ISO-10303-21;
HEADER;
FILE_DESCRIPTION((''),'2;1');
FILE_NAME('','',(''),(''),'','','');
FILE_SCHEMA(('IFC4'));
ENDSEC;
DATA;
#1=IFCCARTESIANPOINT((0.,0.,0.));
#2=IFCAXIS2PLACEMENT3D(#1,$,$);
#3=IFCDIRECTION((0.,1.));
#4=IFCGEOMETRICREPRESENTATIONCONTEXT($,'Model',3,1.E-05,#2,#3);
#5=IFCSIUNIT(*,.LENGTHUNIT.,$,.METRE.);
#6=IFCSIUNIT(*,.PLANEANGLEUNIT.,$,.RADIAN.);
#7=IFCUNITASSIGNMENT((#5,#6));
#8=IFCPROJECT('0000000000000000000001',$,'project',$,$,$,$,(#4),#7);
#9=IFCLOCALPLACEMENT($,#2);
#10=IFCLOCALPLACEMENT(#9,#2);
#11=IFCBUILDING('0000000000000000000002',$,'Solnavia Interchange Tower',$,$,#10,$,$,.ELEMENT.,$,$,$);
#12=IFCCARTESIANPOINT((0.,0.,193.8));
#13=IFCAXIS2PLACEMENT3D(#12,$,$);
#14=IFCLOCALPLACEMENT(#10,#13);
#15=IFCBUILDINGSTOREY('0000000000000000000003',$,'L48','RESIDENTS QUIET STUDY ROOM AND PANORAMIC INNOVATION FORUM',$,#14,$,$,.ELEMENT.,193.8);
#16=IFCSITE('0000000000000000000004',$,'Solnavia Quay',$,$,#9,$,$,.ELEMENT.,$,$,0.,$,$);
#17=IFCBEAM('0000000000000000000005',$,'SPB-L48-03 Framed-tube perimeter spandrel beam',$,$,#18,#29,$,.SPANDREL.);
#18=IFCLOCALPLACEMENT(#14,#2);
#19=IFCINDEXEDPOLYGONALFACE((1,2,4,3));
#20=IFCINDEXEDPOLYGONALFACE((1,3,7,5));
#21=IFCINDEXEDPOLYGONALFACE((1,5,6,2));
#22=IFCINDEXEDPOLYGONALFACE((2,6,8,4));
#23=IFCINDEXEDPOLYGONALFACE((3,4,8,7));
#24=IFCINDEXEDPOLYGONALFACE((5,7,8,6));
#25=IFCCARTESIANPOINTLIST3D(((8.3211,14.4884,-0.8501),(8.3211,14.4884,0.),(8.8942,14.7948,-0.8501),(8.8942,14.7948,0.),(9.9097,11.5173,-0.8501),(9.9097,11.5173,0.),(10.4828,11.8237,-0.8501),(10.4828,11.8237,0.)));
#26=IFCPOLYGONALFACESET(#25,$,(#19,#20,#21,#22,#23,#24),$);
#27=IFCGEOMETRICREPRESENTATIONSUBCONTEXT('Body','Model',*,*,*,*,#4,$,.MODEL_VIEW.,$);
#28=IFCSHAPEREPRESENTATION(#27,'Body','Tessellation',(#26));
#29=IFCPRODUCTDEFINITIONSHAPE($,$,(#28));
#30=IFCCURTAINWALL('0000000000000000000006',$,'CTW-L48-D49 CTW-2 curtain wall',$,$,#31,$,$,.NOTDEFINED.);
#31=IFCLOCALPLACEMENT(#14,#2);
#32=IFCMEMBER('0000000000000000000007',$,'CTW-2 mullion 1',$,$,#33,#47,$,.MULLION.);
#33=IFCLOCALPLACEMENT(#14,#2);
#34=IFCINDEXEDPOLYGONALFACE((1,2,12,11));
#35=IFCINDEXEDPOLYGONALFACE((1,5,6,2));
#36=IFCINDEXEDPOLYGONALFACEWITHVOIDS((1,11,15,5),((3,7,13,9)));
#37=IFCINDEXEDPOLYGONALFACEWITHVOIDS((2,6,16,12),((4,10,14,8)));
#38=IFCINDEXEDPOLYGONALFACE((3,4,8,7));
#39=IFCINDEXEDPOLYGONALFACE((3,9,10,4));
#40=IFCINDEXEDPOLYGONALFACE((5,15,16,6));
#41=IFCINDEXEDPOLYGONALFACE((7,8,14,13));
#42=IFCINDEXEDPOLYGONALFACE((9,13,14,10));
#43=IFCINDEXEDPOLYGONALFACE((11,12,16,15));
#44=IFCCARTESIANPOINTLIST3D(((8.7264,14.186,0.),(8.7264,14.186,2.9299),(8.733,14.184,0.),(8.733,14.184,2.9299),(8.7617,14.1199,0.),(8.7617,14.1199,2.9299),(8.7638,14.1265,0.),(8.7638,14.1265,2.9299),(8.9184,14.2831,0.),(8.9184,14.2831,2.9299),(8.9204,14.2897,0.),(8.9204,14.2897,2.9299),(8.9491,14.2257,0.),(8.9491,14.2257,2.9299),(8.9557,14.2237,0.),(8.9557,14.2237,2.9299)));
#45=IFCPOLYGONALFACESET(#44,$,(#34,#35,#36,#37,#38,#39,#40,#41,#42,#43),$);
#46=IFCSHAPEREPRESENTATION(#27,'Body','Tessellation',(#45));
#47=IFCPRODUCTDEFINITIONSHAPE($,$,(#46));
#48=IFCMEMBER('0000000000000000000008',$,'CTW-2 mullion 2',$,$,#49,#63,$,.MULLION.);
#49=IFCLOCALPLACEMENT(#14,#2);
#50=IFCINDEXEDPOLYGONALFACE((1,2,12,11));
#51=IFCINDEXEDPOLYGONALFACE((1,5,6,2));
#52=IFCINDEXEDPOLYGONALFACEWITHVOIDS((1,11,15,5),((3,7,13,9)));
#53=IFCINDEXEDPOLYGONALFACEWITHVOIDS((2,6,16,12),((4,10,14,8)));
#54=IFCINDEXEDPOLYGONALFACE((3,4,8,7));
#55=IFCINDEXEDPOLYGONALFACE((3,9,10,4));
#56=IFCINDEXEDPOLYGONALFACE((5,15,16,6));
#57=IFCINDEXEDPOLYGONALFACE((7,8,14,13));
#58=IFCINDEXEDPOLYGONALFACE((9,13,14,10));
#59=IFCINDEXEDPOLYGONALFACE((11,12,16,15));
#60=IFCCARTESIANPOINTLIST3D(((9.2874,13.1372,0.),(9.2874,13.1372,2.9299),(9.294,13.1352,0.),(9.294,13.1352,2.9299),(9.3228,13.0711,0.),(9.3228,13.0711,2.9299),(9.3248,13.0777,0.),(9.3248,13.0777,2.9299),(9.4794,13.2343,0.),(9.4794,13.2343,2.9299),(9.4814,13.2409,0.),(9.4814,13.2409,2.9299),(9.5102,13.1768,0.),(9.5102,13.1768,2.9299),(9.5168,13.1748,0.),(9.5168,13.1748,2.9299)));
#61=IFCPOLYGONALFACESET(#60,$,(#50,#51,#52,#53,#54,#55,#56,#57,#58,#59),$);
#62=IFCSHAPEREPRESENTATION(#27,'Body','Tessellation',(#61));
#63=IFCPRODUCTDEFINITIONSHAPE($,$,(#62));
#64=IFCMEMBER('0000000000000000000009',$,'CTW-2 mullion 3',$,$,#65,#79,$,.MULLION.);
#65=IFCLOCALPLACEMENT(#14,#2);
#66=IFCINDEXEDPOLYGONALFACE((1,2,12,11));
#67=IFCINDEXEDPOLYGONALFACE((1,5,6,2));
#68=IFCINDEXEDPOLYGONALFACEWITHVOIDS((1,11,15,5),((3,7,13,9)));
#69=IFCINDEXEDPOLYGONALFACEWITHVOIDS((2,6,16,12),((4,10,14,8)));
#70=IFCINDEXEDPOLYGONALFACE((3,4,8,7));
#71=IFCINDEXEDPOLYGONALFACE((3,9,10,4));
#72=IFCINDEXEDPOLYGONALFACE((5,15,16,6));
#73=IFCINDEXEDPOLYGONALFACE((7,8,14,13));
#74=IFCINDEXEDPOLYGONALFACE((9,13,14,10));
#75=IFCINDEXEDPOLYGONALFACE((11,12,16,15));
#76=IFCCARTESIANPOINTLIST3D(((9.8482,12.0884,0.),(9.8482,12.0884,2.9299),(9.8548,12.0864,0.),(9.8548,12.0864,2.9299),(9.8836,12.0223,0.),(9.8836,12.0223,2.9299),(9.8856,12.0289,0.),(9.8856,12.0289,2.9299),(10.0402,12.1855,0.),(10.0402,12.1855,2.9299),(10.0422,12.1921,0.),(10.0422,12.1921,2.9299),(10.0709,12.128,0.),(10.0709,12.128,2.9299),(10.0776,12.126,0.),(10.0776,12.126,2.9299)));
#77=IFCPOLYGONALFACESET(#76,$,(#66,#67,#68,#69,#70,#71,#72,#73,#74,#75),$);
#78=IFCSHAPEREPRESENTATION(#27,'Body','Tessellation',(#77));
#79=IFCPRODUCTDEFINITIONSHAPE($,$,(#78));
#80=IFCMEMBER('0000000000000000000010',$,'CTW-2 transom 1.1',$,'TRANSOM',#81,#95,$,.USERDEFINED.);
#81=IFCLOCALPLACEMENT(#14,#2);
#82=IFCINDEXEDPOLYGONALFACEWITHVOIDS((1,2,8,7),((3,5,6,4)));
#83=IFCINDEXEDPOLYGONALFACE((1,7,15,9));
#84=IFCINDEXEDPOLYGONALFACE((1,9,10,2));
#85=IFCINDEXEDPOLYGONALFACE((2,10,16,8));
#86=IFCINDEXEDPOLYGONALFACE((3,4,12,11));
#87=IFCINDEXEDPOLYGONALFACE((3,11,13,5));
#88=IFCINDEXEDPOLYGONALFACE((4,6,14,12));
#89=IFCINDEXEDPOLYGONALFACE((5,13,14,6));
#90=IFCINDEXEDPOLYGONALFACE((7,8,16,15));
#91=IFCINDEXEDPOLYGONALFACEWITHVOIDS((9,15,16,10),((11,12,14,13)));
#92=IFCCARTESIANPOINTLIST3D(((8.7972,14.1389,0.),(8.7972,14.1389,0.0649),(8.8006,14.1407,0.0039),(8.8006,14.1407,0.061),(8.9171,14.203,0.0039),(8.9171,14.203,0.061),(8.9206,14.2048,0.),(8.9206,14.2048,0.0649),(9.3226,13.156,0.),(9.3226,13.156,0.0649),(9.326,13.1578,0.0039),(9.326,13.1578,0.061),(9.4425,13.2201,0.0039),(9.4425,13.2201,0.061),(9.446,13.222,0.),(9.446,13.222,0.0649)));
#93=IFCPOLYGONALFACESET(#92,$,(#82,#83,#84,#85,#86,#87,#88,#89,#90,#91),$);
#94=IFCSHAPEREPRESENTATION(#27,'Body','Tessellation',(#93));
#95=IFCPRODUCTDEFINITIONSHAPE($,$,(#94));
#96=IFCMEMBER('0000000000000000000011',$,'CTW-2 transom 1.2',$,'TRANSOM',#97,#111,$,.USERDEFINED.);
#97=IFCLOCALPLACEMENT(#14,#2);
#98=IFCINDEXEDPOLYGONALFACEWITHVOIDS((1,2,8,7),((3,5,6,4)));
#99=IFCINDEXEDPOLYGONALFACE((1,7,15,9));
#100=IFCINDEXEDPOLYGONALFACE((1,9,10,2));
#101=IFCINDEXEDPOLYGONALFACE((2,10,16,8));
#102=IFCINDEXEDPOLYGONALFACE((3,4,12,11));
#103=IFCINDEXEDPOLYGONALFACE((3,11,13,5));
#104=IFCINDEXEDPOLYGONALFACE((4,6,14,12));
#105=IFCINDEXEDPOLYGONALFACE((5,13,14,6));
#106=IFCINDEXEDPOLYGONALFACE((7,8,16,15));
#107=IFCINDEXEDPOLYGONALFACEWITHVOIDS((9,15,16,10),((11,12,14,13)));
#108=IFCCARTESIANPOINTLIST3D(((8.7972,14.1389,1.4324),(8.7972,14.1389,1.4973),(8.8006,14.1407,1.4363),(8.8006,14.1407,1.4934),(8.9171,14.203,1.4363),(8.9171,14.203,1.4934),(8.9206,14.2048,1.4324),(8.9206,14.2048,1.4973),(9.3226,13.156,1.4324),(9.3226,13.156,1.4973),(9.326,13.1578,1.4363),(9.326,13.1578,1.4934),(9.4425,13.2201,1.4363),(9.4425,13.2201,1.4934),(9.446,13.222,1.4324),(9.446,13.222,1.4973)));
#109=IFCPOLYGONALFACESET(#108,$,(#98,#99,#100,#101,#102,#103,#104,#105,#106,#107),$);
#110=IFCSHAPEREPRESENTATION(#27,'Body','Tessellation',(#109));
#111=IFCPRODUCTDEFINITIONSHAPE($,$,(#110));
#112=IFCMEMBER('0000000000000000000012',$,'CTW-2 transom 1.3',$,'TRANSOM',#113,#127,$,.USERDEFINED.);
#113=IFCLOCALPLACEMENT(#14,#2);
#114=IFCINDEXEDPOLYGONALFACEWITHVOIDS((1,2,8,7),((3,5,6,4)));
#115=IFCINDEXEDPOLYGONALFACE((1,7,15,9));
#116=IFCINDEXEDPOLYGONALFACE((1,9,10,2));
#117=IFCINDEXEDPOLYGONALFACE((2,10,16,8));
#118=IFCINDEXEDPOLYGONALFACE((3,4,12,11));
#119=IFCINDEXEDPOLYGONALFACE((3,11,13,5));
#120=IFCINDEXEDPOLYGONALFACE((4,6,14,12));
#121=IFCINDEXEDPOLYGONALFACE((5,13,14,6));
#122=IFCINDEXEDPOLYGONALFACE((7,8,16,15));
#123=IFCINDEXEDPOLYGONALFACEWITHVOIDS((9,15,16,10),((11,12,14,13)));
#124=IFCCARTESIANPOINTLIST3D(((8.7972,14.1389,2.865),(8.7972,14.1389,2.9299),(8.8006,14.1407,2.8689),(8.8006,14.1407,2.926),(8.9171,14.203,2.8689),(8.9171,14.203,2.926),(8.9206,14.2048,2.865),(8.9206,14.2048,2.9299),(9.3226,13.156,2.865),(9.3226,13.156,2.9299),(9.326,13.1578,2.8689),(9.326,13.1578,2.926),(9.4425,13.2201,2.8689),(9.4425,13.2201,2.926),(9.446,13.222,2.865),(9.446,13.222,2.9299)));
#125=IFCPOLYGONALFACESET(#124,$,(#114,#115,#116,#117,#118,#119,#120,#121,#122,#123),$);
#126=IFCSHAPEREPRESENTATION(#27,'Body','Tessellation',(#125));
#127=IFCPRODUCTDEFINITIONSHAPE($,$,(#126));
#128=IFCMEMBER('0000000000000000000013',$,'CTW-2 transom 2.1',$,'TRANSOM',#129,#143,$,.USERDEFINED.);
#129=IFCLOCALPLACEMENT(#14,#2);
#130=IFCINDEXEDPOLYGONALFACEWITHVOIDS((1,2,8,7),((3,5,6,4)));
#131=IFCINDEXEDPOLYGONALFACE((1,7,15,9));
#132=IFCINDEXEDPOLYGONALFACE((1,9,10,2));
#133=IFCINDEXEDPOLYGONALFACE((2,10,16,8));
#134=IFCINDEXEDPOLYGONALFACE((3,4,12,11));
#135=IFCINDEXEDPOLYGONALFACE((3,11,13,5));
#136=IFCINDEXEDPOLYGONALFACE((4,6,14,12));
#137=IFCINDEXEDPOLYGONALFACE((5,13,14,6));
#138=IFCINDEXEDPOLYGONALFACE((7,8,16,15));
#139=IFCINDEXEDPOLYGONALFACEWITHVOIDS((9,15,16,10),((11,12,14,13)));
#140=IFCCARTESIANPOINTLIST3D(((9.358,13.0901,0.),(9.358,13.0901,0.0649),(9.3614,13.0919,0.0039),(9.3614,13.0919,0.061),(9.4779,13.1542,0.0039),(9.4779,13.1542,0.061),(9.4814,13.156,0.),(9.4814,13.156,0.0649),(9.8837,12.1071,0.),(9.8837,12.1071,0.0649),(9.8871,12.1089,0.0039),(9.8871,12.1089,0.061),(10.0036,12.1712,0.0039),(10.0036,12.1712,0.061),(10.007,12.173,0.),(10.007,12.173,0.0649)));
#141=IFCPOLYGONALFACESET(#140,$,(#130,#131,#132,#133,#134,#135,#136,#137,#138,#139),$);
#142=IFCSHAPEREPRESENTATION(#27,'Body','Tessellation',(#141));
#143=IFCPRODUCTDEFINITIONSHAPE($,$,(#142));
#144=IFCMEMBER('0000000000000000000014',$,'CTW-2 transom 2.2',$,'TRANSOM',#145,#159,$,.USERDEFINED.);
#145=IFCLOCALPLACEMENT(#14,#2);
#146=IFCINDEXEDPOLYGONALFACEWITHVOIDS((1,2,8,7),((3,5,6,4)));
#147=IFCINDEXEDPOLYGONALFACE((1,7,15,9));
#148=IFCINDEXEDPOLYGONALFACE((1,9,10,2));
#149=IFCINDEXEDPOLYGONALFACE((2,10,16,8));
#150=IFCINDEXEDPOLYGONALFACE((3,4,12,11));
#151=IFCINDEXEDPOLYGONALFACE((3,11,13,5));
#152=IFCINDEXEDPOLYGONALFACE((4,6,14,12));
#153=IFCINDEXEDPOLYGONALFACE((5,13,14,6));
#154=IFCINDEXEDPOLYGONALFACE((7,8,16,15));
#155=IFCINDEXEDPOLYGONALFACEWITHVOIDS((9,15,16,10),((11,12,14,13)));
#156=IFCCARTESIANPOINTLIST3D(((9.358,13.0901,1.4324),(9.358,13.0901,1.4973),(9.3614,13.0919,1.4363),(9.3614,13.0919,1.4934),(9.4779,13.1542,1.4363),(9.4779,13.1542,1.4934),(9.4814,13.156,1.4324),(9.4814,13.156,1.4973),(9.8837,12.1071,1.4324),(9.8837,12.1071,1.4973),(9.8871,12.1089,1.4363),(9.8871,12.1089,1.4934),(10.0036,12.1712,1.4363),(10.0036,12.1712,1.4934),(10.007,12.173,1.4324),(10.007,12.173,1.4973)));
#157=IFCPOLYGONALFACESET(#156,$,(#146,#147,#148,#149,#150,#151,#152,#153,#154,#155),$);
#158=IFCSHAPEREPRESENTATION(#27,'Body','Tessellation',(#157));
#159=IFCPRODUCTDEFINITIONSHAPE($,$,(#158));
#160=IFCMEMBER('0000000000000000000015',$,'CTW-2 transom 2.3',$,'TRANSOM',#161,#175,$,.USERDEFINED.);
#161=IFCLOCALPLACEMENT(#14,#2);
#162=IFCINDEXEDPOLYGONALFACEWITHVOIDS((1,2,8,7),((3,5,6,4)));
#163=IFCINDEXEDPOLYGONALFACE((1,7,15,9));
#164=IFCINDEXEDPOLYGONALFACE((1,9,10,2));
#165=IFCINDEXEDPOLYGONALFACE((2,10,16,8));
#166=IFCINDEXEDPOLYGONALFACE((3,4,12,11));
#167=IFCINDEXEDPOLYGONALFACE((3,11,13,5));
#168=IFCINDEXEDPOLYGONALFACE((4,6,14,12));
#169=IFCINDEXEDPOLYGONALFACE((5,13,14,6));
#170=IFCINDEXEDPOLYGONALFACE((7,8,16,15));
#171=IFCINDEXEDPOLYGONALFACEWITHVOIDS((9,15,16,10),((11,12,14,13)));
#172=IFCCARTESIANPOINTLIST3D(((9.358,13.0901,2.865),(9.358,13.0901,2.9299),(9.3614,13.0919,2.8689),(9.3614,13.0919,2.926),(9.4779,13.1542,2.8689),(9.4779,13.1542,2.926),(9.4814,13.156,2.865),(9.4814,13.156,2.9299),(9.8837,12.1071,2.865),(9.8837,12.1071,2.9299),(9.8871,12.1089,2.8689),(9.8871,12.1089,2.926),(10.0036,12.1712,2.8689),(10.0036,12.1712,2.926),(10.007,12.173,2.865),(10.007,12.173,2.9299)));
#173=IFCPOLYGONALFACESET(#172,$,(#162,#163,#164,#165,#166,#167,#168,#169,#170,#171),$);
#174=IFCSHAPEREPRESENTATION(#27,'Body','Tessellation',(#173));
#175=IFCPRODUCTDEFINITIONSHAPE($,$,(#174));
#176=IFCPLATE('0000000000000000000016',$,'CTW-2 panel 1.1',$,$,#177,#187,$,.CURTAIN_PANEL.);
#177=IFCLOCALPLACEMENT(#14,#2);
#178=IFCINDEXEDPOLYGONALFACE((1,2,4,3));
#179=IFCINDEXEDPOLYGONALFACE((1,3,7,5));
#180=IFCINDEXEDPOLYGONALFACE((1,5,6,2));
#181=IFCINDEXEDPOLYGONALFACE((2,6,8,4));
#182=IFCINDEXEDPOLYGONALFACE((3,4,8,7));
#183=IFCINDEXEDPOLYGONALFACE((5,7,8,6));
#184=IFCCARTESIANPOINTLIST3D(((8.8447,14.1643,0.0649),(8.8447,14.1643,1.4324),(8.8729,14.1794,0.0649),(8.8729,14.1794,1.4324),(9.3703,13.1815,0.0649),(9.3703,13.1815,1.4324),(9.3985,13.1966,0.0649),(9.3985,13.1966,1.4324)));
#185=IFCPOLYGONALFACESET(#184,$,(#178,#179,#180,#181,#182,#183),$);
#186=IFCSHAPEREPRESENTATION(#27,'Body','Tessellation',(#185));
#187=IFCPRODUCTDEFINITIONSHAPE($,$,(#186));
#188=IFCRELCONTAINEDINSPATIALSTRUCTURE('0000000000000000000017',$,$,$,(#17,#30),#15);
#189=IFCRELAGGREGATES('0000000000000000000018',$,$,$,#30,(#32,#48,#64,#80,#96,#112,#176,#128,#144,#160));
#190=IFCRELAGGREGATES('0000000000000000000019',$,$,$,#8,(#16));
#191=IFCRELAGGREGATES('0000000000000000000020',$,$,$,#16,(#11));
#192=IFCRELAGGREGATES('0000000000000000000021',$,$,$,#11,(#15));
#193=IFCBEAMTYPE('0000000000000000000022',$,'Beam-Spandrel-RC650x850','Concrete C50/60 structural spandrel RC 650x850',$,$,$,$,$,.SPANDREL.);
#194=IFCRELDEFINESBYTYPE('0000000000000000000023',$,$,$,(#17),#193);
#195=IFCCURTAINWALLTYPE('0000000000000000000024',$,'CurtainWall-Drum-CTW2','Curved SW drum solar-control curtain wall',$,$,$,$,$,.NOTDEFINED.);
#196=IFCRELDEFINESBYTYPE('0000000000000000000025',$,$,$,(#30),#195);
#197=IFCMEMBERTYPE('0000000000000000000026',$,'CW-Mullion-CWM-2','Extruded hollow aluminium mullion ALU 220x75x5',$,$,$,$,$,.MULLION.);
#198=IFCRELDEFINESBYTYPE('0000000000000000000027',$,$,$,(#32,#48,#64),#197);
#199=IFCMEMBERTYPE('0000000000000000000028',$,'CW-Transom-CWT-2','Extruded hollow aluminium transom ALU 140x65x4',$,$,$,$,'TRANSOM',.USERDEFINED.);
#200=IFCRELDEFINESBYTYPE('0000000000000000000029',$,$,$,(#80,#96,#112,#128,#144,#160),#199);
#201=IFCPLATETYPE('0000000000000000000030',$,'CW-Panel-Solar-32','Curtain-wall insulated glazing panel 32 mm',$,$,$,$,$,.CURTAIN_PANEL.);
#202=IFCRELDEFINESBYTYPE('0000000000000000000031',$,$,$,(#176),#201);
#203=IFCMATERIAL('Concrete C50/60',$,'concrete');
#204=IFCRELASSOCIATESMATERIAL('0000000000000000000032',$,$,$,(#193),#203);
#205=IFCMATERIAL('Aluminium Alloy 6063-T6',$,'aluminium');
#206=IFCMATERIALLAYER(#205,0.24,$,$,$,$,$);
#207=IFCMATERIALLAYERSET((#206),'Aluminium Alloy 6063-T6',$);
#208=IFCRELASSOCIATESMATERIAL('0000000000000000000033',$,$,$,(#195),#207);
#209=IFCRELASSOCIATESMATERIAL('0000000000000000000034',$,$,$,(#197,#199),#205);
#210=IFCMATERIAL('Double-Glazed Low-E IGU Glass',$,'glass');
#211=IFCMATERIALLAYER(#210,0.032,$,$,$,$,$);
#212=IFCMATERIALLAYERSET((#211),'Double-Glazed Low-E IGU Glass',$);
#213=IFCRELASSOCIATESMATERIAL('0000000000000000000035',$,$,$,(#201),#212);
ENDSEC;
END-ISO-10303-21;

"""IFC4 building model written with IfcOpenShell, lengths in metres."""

from ifc_helpers import new_model, si_unit, direction, frame, origin, origin_2d, place, context, subcontext, project, spatial, rectangle, hollow_rectangle, extrude, material, layer, layer_set, material_profile, profile_set, type_object, element, aggregate, save


model = new_model("IFC4")

# Units and contexts
model_context = context("Model", 3, precision=1e-05, world=origin(), true_north=direction((0.0, 1.0)))
body_context = subcontext(model_context, "Body", "Model", "MODEL_VIEW")
ifc_project = project(units=[si_unit("LENGTHUNIT", "METRE"), si_unit("PLANEANGLEUNIT", "RADIAN")], contexts=[model_context])

# Site, building, storey
site_placement = place(None, origin())
site = spatial("IfcSite", under=ifc_project, at=site_placement, Name="Solnavia Quay", CompositionType="ELEMENT", RefElevation=0.0)
building_placement = place(site_placement, origin())
building = spatial("IfcBuilding", under=site, at=building_placement, Name="Solnavia Interchange Tower", CompositionType="ELEMENT")
storey_placement = place(building_placement, frame((0.0, 0.0, 193.8)))
storey = spatial("IfcBuildingStorey", under=building, at=storey_placement, Name="L48", Description="RESIDENTS QUIET STUDY ROOM AND PANORAMIC INNOVATION FORUM", CompositionType="ELEMENT", Elevation=193.8)

# Shared definitions
ifc_material_1 = material(Name="Concrete C50/60", Category="concrete")

# Beam
ifc_material_profile_1 = material_profile(ifc_material_1, rectangle(XDim=0.6499, YDim=0.8501, at=origin_2d()), Name="RC 650x850")
ifc_profile_set_1 = profile_set([ifc_material_profile_1], Name="Concrete C50/60")
beam_type_1 = type_object("IfcBeamType", Name="Beam-Spandrel-RC650x850", Description="Concrete C50/60 structural spandrel RC 650x850", PredefinedType="SPANDREL", material=ifc_profile_set_1)
beam_1_placement = place(storey_placement, frame((8.6077, 14.6416, -0.425), z_axis=(0.471509, -0.881861, 0.0), x_axis=(0.881861, 0.471509, 0.0)))
element("IfcBeam", 1, at=beam_1_placement, inside=storey, type_object=beam_type_1, Name="SPB-L48-03 Framed-tube perimeter spandrel beam", PredefinedType="SPANDREL", context=body_context, shape_type="SweptSolid", body=[
    extrude(rectangle(XDim=0.6499, YDim=0.8501, at=origin_2d()), origin(), (0.0, 0.0, 1.0), 3.3691),
])

# Curtain wall, members, plate
ifc_material_2 = material(Name="Aluminium Alloy 6063-T6", Category="aluminium")
ifc_layer_1 = layer(ifc_material_2, 0.24)
ifc_layer_set_1 = layer_set([ifc_layer_1], Name="Aluminium Alloy 6063-T6")
curtain_wall_type = type_object("IfcCurtainWallType", Name="CurtainWall-Drum-CTW2", Description="Curved SW drum solar-control curtain wall", PredefinedType="NOTDEFINED", material=ifc_layer_set_1)
curtain_wall_placement = place(storey_placement, origin())
curtain_wall = element("IfcCurtainWall", 2, at=curtain_wall_placement, inside=storey, type_object=curtain_wall_type, Name="CTW-L48-D49 CTW-2 curtain wall", PredefinedType="NOTDEFINED")
ifc_material_profile_2 = material_profile(ifc_material_2, hollow_rectangle(XDim=0.075, YDim=0.22, WallThickness=0.0049, at=origin_2d()), Name="ALU 220x75x5")
ifc_profile_set_2 = profile_set([ifc_material_profile_2], Name="Aluminium Alloy 6063-T6")
member_type_1 = type_object("IfcMemberType", Name="CW-Mullion-CWM-2", Description="Extruded hollow aluminium mullion ALU 220x75x5", PredefinedType="MULLION", material=ifc_profile_set_2)
member_1_placement = place(storey_placement, frame((8.8411, 14.2048, 0.0), z_axis=(0.0, 0.0, 1.0), x_axis=(0.471561, -0.881834, 0.0)))
member_1 = element("IfcMember", 3, at=member_1_placement, type_object=member_type_1, Name="CTW-2 mullion 1", PredefinedType="MULLION", context=body_context, shape_type="SweptSolid", body=[
    extrude(hollow_rectangle(XDim=0.075, YDim=0.22, WallThickness=0.0049, at=origin_2d()), origin(), (0.0, 0.0, 1.0), 2.9299),
])
member_2_placement = place(storey_placement, frame((9.4021, 13.156, 0.0), z_axis=(0.0, 0.0, 1.0), x_axis=(0.471561, -0.881834, 0.0)))
member_2 = element("IfcMember", 4, at=member_2_placement, type_object=member_type_1, Name="CTW-2 mullion 2", PredefinedType="MULLION", context=body_context, shape_type="SweptSolid", body=[
    extrude(hollow_rectangle(XDim=0.075, YDim=0.22, WallThickness=0.0049, at=origin_2d()), origin(), (0.0, 0.0, 1.0), 2.9299),
])
member_3_placement = place(storey_placement, frame((9.9629, 12.1072, 0.0), z_axis=(0.0, 0.0, 1.0), x_axis=(0.471561, -0.881834, 0.0)))
member_3 = element("IfcMember", 5, at=member_3_placement, type_object=member_type_1, Name="CTW-2 mullion 3", PredefinedType="MULLION", context=body_context, shape_type="SweptSolid", body=[
    extrude(hollow_rectangle(XDim=0.075, YDim=0.22, WallThickness=0.0049, at=origin_2d()), origin(), (0.0, 0.0, 1.0), 2.9299),
])
ifc_material_profile_3 = material_profile(ifc_material_2, hollow_rectangle(XDim=0.0649, YDim=0.1399, WallThickness=0.0039, at=origin_2d()), Name="ALU 140x65x4")
ifc_profile_set_3 = profile_set([ifc_material_profile_3], Name="Aluminium Alloy 6063-T6")
member_type_2 = type_object("IfcMemberType", Name="CW-Transom-CWT-2", Description="Extruded hollow aluminium transom ALU 140x65x4", ElementType="TRANSOM", PredefinedType="USERDEFINED", material=ifc_profile_set_3)
member_4_placement = place(storey_placement, frame((8.8589, 14.1719, 0.0325), z_axis=(0.471407, -0.881916, 0.0), x_axis=(0.0, 0.0, 1.0)))
member_4 = element("IfcMember", 6, at=member_4_placement, type_object=member_type_2, Name="CTW-2 transom 1.1", ObjectType="TRANSOM", PredefinedType="USERDEFINED", context=body_context, shape_type="SweptSolid", body=[
    extrude(hollow_rectangle(XDim=0.0649, YDim=0.1399, WallThickness=0.0039, at=origin_2d()), origin(), (0.0, 0.0, 1.0), 1.1145),
])
member_5_placement = place(storey_placement, frame((8.8589, 14.1719, 1.4648), z_axis=(0.471407, -0.881916, 0.0), x_axis=(0.0, 0.0, 1.0)))
member_5 = element("IfcMember", 7, at=member_5_placement, type_object=member_type_2, Name="CTW-2 transom 1.2", ObjectType="TRANSOM", PredefinedType="USERDEFINED", context=body_context, shape_type="SweptSolid", body=[
    extrude(hollow_rectangle(XDim=0.0649, YDim=0.1399, WallThickness=0.0039, at=origin_2d()), origin(), (0.0, 0.0, 1.0), 1.1145),
])
member_6_placement = place(storey_placement, frame((8.8589, 14.1719, 2.8975), z_axis=(0.471407, -0.881916, 0.0), x_axis=(0.0, 0.0, 1.0)))
member_6 = element("IfcMember", 8, at=member_6_placement, type_object=member_type_2, Name="CTW-2 transom 1.3", ObjectType="TRANSOM", PredefinedType="USERDEFINED", context=body_context, shape_type="SweptSolid", body=[
    extrude(hollow_rectangle(XDim=0.0649, YDim=0.1399, WallThickness=0.0039, at=origin_2d()), origin(), (0.0, 0.0, 1.0), 1.1145),
])
member_7_placement = place(storey_placement, frame((9.4197, 13.123, 0.0325), z_axis=(0.471577, -0.881825, 0.0), x_axis=(0.0, 0.0, 1.0)))
member_7 = element("IfcMember", 9, at=member_7_placement, type_object=member_type_2, Name="CTW-2 transom 2.1", ObjectType="TRANSOM", PredefinedType="USERDEFINED", context=body_context, shape_type="SweptSolid", body=[
    extrude(hollow_rectangle(XDim=0.0649, YDim=0.1399, WallThickness=0.0039, at=origin_2d()), origin(), (0.0, 0.0, 1.0), 1.1147),
])
member_8_placement = place(storey_placement, frame((9.4197, 13.123, 1.4648), z_axis=(0.471577, -0.881825, 0.0), x_axis=(0.0, 0.0, 1.0)))
member_8 = element("IfcMember", 10, at=member_8_placement, type_object=member_type_2, Name="CTW-2 transom 2.2", ObjectType="TRANSOM", PredefinedType="USERDEFINED", context=body_context, shape_type="SweptSolid", body=[
    extrude(hollow_rectangle(XDim=0.0649, YDim=0.1399, WallThickness=0.0039, at=origin_2d()), origin(), (0.0, 0.0, 1.0), 1.1147),
])
member_9_placement = place(storey_placement, frame((9.4197, 13.123, 2.8975), z_axis=(0.471577, -0.881825, 0.0), x_axis=(0.0, 0.0, 1.0)))
member_9 = element("IfcMember", 11, at=member_9_placement, type_object=member_type_2, Name="CTW-2 transom 2.3", ObjectType="TRANSOM", PredefinedType="USERDEFINED", context=body_context, shape_type="SweptSolid", body=[
    extrude(hollow_rectangle(XDim=0.0649, YDim=0.1399, WallThickness=0.0039, at=origin_2d()), origin(), (0.0, 0.0, 1.0), 1.1147),
])
ifc_material_3 = material(Name="Double-Glazed Low-E IGU Glass", Category="glass")
ifc_layer_2 = layer(ifc_material_3, 0.032)
ifc_layer_set_2 = layer_set([ifc_layer_2], Name="Double-Glazed Low-E IGU Glass")
plate_type = type_object("IfcPlateType", Name="CW-Panel-Solar-32", Description="Curtain-wall insulated glazing panel 32 mm", PredefinedType="CURTAIN_PANEL", material=ifc_layer_set_2)
plate_1_placement = place(storey_placement, frame((9.1216, 13.6804, 0.0649), z_axis=(0.0, 0.0, 1.0), x_axis=(0.471561, -0.881834, 0.0)))
plate_1 = element("IfcPlate", 12, at=plate_1_placement, type_object=plate_type, Name="CTW-2 panel 1.1", PredefinedType="CURTAIN_PANEL", context=body_context, shape_type="SweptSolid", body=[
    extrude(rectangle(XDim=1.1145, YDim=0.032, at=origin_2d()), origin(), (0.0, 0.0, 1.0), 1.3674),
])
aggregate(curtain_wall, [member_1, member_2, member_3, member_4, member_5, member_6, plate_1, member_7, member_8, member_9])

save(model, "model.ifc")
